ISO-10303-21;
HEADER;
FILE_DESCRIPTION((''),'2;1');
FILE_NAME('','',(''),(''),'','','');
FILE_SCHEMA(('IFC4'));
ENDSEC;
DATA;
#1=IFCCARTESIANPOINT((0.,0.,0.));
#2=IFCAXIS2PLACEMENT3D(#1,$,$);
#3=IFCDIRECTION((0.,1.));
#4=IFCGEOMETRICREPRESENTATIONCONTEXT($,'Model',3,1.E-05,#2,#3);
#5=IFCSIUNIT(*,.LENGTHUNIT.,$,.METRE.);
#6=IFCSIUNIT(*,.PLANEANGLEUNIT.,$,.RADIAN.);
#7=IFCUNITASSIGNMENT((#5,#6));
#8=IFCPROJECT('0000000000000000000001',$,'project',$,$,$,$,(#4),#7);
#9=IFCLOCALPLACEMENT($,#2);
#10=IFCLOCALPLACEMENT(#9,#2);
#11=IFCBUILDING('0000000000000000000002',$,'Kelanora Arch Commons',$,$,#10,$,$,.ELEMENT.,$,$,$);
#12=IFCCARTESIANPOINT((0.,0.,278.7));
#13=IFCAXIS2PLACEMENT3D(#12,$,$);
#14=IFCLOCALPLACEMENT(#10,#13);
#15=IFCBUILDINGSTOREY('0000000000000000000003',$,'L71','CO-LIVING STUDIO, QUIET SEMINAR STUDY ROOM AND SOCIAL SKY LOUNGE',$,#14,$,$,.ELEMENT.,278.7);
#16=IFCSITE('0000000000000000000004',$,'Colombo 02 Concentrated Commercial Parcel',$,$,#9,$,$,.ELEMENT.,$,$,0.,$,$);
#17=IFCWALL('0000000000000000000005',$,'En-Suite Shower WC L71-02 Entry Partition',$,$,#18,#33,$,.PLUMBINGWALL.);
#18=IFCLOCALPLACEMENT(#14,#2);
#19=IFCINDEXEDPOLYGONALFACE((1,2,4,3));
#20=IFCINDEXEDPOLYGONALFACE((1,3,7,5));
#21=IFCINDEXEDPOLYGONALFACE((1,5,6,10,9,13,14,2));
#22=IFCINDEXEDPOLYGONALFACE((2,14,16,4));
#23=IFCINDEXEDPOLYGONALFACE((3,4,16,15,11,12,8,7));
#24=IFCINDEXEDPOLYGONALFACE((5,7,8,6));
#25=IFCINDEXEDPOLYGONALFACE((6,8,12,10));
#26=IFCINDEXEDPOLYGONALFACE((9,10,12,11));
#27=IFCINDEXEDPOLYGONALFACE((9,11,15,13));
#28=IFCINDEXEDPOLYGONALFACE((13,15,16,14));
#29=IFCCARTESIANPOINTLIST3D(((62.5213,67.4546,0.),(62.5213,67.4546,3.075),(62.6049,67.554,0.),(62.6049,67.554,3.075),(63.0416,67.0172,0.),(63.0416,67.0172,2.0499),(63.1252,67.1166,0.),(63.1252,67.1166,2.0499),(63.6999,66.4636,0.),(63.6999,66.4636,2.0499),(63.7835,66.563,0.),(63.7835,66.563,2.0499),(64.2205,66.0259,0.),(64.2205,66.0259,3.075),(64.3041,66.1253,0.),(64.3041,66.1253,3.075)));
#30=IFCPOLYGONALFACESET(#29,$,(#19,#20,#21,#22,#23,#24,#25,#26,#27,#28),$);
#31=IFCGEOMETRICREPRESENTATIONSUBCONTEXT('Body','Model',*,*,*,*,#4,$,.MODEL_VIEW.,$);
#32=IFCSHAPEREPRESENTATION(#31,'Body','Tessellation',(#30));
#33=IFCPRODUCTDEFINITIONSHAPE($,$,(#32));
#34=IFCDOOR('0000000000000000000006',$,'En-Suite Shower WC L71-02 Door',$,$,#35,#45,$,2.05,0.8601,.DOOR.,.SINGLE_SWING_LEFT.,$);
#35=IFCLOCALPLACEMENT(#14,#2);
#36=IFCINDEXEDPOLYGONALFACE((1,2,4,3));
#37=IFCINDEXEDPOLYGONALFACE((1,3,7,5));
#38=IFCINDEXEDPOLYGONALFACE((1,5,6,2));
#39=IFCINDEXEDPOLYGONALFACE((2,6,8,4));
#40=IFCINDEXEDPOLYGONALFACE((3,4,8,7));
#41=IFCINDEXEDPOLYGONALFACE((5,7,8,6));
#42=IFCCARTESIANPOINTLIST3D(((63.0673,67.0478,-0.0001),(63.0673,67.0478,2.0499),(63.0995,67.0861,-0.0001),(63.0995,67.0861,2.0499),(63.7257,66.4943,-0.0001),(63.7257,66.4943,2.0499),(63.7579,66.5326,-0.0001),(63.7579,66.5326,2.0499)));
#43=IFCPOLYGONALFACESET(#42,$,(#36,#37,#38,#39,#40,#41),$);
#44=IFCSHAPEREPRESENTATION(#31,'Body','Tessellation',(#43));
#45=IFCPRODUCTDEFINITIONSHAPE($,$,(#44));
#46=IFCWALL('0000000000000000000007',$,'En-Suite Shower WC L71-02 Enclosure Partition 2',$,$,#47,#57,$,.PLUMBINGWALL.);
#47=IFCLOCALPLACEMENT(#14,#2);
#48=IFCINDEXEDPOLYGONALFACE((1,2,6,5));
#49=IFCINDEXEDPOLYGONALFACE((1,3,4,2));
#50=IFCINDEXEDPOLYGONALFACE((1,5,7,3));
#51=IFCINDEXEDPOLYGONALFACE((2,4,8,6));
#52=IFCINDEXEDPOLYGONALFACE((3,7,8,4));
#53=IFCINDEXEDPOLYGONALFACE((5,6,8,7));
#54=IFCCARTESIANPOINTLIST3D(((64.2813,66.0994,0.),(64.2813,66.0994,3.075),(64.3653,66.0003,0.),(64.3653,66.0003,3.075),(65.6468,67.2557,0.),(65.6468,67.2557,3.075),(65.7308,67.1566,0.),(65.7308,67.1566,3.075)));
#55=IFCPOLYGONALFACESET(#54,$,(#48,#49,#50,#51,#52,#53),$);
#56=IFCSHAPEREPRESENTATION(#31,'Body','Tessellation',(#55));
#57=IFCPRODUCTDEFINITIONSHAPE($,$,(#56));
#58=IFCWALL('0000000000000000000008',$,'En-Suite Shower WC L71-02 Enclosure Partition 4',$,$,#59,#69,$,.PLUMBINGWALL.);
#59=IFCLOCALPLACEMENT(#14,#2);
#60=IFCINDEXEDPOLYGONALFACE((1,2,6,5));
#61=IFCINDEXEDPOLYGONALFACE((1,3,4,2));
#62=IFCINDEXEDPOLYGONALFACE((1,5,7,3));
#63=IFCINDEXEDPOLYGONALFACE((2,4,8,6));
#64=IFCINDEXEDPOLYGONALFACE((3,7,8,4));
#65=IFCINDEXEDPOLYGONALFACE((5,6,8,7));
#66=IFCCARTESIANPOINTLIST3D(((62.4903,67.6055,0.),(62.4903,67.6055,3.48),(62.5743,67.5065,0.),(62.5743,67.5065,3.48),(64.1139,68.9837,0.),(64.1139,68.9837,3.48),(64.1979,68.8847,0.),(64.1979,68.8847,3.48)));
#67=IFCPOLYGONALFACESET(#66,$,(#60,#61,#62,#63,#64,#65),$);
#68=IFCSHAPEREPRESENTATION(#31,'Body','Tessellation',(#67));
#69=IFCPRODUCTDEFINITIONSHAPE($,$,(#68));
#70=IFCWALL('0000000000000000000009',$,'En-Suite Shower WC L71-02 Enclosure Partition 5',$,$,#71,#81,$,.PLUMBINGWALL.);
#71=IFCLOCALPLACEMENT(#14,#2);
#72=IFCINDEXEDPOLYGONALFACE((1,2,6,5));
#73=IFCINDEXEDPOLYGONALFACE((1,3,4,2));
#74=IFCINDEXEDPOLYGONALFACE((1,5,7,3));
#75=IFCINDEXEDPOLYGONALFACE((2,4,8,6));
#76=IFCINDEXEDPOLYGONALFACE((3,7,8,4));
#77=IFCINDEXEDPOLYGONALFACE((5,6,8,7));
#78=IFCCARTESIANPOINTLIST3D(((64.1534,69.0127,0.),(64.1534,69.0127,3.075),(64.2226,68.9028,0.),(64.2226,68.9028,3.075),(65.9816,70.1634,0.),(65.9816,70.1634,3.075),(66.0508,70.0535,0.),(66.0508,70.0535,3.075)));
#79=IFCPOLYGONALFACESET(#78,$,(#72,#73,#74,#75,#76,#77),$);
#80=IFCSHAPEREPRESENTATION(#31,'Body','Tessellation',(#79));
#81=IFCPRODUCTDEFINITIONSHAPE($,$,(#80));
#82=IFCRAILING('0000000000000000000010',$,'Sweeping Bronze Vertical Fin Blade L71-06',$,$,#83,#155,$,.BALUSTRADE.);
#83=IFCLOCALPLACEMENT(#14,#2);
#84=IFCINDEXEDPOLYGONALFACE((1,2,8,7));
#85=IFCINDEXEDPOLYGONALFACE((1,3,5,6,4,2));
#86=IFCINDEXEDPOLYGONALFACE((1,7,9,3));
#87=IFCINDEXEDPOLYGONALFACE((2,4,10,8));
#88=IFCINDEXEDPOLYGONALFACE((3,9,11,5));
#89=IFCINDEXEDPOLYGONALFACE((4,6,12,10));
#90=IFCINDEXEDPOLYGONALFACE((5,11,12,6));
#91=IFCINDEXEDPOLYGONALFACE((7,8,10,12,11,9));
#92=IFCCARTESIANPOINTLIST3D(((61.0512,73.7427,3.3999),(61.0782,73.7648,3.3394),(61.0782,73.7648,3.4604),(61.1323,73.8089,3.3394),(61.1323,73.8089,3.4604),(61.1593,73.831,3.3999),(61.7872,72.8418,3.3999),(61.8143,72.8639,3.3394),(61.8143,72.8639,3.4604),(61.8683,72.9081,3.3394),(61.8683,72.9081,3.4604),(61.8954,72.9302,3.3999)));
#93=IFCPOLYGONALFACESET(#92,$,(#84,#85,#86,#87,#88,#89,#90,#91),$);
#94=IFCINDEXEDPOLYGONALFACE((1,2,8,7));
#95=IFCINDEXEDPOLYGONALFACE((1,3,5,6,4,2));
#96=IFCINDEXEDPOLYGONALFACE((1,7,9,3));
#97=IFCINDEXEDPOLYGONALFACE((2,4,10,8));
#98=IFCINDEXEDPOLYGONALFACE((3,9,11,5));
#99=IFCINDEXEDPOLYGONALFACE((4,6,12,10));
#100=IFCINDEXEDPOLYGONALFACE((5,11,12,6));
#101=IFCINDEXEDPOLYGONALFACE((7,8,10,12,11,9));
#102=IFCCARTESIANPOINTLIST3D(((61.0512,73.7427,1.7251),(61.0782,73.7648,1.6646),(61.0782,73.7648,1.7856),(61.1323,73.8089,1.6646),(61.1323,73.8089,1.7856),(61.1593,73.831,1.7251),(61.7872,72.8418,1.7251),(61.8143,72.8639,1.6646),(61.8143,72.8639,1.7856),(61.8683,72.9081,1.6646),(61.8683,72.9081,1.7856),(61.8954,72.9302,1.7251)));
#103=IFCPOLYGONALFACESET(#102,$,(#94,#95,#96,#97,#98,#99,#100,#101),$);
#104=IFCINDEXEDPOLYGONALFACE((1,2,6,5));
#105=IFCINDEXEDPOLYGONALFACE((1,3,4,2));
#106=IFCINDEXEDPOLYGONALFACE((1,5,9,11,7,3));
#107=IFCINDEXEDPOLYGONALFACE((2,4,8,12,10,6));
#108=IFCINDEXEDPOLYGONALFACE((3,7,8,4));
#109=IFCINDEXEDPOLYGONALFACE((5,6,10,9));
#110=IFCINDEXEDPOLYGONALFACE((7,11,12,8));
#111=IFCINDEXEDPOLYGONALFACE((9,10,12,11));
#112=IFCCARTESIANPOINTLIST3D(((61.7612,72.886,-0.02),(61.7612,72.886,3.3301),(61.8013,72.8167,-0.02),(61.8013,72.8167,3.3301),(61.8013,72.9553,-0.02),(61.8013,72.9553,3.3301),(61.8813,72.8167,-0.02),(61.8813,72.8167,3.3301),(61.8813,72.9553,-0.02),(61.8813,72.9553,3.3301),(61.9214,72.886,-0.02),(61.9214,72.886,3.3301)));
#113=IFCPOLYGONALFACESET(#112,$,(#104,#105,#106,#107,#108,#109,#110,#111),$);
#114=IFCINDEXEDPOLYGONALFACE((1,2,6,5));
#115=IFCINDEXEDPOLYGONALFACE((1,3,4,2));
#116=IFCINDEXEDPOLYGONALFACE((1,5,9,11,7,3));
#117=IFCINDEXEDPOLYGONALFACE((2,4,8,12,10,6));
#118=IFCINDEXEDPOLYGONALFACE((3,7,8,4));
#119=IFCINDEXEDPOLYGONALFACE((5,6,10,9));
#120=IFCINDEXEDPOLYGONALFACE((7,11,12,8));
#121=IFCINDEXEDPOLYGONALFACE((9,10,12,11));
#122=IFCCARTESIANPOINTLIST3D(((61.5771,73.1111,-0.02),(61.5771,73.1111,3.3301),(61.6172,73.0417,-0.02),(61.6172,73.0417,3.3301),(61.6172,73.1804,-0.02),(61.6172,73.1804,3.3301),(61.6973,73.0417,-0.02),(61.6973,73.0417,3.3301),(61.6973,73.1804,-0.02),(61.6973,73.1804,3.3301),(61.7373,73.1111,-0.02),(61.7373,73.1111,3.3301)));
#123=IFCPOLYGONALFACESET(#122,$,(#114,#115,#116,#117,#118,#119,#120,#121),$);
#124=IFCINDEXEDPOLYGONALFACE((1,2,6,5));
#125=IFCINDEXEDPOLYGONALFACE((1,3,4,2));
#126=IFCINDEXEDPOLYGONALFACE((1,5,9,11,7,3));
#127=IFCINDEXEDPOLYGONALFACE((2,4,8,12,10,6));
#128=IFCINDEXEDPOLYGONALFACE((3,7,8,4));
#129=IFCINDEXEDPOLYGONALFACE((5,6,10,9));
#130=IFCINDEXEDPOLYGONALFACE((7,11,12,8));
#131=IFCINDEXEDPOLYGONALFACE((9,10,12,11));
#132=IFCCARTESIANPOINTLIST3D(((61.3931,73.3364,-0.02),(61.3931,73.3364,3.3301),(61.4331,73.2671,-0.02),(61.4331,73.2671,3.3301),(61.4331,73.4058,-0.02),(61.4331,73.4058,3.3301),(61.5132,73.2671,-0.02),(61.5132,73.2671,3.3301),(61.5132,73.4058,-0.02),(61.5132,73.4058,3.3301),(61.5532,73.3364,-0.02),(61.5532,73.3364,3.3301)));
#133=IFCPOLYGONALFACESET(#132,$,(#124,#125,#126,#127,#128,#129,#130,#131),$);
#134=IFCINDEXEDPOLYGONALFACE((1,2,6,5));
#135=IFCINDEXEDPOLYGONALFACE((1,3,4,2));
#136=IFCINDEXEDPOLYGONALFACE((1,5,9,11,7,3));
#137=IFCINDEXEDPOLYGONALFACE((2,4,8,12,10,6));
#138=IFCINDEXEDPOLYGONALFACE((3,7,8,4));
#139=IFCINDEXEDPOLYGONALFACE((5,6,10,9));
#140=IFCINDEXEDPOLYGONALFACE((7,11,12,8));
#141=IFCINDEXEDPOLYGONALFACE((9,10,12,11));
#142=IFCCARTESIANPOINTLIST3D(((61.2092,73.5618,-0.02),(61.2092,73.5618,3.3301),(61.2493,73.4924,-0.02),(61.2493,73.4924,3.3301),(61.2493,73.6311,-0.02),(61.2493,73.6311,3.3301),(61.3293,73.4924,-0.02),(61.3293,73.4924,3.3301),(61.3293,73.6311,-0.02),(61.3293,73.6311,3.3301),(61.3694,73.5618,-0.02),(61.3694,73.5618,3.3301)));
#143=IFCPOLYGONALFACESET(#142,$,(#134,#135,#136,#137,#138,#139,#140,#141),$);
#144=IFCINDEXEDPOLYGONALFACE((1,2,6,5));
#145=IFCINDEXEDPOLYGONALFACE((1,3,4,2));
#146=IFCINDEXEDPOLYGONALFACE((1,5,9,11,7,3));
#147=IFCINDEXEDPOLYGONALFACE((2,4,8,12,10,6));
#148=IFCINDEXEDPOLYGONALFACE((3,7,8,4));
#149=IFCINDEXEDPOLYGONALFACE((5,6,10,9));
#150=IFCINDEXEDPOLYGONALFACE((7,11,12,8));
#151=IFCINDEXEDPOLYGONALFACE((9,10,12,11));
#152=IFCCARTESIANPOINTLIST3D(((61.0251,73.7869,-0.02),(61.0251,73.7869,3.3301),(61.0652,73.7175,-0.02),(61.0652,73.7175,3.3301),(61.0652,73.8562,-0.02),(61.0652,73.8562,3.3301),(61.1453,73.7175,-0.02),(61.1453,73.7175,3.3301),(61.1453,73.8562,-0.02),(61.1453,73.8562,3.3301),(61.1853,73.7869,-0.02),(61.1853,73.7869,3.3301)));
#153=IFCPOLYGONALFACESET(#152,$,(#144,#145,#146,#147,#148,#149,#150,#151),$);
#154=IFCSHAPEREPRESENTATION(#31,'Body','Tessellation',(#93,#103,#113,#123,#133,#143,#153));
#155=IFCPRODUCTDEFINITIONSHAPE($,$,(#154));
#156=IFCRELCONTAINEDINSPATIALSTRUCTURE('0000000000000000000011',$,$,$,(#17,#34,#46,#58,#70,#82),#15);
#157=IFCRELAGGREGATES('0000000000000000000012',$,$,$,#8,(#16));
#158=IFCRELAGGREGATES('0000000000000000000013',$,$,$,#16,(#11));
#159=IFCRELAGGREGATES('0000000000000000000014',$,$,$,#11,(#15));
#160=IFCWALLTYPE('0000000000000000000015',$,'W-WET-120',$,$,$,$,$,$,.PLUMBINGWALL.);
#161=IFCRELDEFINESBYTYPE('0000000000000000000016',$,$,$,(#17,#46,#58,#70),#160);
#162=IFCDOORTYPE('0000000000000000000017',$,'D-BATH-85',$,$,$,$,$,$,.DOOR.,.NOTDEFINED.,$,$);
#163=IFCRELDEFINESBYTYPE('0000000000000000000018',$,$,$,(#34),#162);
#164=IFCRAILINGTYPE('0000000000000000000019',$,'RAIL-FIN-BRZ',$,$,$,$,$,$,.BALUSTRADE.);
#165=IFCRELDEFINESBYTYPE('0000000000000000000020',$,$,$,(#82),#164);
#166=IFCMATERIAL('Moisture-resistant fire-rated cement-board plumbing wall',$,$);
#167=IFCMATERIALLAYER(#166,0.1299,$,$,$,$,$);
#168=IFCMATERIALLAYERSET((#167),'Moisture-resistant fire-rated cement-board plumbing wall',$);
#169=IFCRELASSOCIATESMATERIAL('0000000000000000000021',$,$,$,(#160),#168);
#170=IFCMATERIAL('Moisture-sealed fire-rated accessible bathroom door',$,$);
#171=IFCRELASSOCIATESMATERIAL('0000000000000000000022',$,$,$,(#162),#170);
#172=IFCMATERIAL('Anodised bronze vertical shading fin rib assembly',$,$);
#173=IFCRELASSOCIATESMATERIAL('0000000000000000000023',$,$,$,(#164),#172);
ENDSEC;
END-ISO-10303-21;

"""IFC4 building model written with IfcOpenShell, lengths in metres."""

from ifc_helpers import new_model, si_unit, direction, frame, frame_2d, origin, place, context, subcontext, project, spatial, polyline, rectangle, outline, extrude, material, layer, layer_set, type_object, element, fill, save


model = new_model("IFC4")

# Units and contexts
model_context = context("Model", 3, precision=1e-05, world=origin(), true_north=direction((0.0, 1.0)))
body_context = subcontext(model_context, "Body", "Model", "MODEL_VIEW")
ifc_project = project(units=[si_unit("LENGTHUNIT", "METRE"), si_unit("PLANEANGLEUNIT", "RADIAN")], contexts=[model_context])

# Site, building, storey
site_placement = place(None, origin())
site = spatial("IfcSite", under=ifc_project, at=site_placement, Name="Colombo 02 Concentrated Commercial Parcel", CompositionType="ELEMENT", RefElevation=0.0)
building_placement = place(site_placement, origin())
building = spatial("IfcBuilding", under=site, at=building_placement, Name="Kelanora Arch Commons", CompositionType="ELEMENT")
storey_placement = place(building_placement, frame((0.0, 0.0, 278.7)))
storey = spatial("IfcBuildingStorey", under=building, at=storey_placement, Name="L71", Description="CO-LIVING STUDIO, QUIET SEMINAR STUDY ROOM AND SOCIAL SKY LOUNGE", CompositionType="ELEMENT", Elevation=278.7)

# Wall, opening, door
ifc_material_1 = material(Name="Moisture-resistant fire-rated cement-board plumbing wall")
ifc_layer_1 = layer(ifc_material_1, 0.1299)
ifc_layer_set_1 = layer_set([ifc_layer_1], Name="Moisture-resistant fire-rated cement-board plumbing wall")
wall_type_1 = type_object("IfcWallType", Name="W-WET-120", PredefinedType="PLUMBINGWALL", material=ifc_layer_set_1)
wall_1_placement = place(storey_placement, frame((64.2622, 66.0757, 0.0), z_axis=(0.0, 0.0, 1.0), x_axis=(-0.765401, 0.643553, 0.0)))
wall_1 = element("IfcWall", 1, at=wall_1_placement, inside=storey, type_object=wall_type_1, Name="En-Suite Shower WC L71-02 Entry Partition", PredefinedType="PLUMBINGWALL", context=body_context, shape_type="SweptSolid", body=[
    extrude(rectangle(XDim=2.22, YDim=0.1299, at=frame_2d((1.1099, 0.0))), origin(), (0.0, 0.0, 1.0), 3.075),
])
opening_1_placement = place(wall_1_placement, frame((0.6799, 0.0, 0.0)))
opening_1 = element("IfcOpeningElement", 2, at=opening_1_placement, cuts=wall_1, PredefinedType="OPENING", context=body_context, shape_type="SweptSolid", body=[
    extrude(rectangle(XDim=0.8601, YDim=2.05, at=frame_2d((0.4302, 1.0249))), frame((0.0, 0.075, 0.0), z_axis=(0.0, -1.0, 0.0), x_axis=(1.0, 0.0, 0.0)), (0.0, 0.0, 1.0), 0.1499),
])
ifc_material_2 = material(Name="Moisture-sealed fire-rated accessible bathroom door")
door_type_1 = type_object("IfcDoorType", Name="D-BATH-85", OperationType="NOTDEFINED", PredefinedType="DOOR", material=ifc_material_2)
door_1_placement = place(opening_1_placement, origin())
door_1 = element("IfcDoor", 3, at=door_1_placement, inside=storey, type_object=door_type_1, Name="En-Suite Shower WC L71-02 Door", OperationType="SINGLE_SWING_LEFT", OverallHeight=2.05, OverallWidth=0.8601, PredefinedType="DOOR", context=body_context, shape_type="SweptSolid", body=[
    extrude(rectangle(XDim=0.8601, YDim=2.05, at=frame_2d((0.4302, 1.0249))), frame((0.0, 0.0249, 0.0), z_axis=(0.0, -1.0, 0.0), x_axis=(1.0, 0.0, 0.0)), (0.0, 0.0, 1.0), 0.05),
])
fill(opening_1, door_1)

# Walls
wall_2_placement = place(storey_placement, frame((65.6887, 67.2061, 0.0), z_axis=(0.0, 0.0, 1.0), x_axis=(-0.763153, -0.646217, 0.0)))
element("IfcWall", 4, at=wall_2_placement, inside=storey, type_object=wall_type_1, Name="En-Suite Shower WC L71-02 Enclosure Partition 2", PredefinedType="PLUMBINGWALL", context=body_context, shape_type="SweptSolid", body=[
    extrude(rectangle(XDim=1.7893, YDim=0.1299, at=frame_2d((0.8945, 0.0))), origin(), (0.0, 0.0, 1.0), 3.075),
])
wall_3_placement = place(storey_placement, frame((62.5322, 67.5559, 0.0), z_axis=(0.0, 0.0, 1.0), x_axis=(0.762363, 0.647149, 0.0)))
element("IfcWall", 5, at=wall_3_placement, inside=storey, type_object=wall_type_1, Name="En-Suite Shower WC L71-02 Enclosure Partition 4", PredefinedType="PLUMBINGWALL", context=body_context, shape_type="SweptSolid", body=[
    extrude(rectangle(XDim=2.1296, YDim=0.1299, at=frame_2d((1.0649, 0.0))), origin(), (0.0, 0.0, 1.0), 3.48),
])
wall_4_placement = place(storey_placement, frame((64.188, 68.9578, 0.0), z_axis=(0.0, 0.0, 1.0), x_axis=(0.846318, 0.532678, 0.0)))
element("IfcWall", 6, at=wall_4_placement, inside=storey, type_object=wall_type_1, Name="En-Suite Shower WC L71-02 Enclosure Partition 5", PredefinedType="PLUMBINGWALL", context=body_context, shape_type="SweptSolid", body=[
    extrude(rectangle(XDim=2.1602, YDim=0.1299, at=frame_2d((1.0801, 0.0))), origin(), (0.0, 0.0, 1.0), 3.075),
])

# Railing
ifc_material_3 = material(Name="Anodised bronze vertical shading fin rib assembly")
railing_type = type_object("IfcRailingType", Name="RAIL-FIN-BRZ", PredefinedType="BALUSTRADE", material=ifc_material_3)
railing_1_placement = place(storey_placement, frame((61.8413, 72.886, -0.02)))
element("IfcRailing", 7, at=railing_1_placement, inside=storey, type_object=railing_type, Name="Sweeping Bronze Vertical Fin Blade L71-06", PredefinedType="BALUSTRADE", context=body_context, shape_type="SweptSolid", body=[
    extrude(outline(polyline([(0.0698, 0.0), (0.0349, 0.0605), (-0.0349, 0.0605), (-0.0698, 0.0), (-0.0349, -0.0605), (0.0349, -0.0605), (0.0698, 0.0)])), frame((0.0, 0.0, 3.4199), z_axis=(-0.632723, 0.774378, 0.0), x_axis=(-0.774378, -0.632723, 0.0)), (0.0, 0.0, 1.0), 1.1633),
    extrude(outline(polyline([(0.0698, 0.0), (0.0349, 0.0605), (-0.0349, 0.0605), (-0.0698, 0.0), (-0.0349, -0.0605), (0.0349, -0.0605), (0.0698, 0.0)])), frame((0.0, 0.0, 1.7451), z_axis=(-0.632723, 0.774378, 0.0), x_axis=(-0.774378, -0.632723, 0.0)), (0.0, 0.0, 1.0), 1.1633),
    extrude(outline(polyline([(0.0801, 0.0), (0.04, 0.0693), (-0.04, 0.0693), (-0.0801, 0.0), (-0.04, -0.0693), (0.04, -0.0693), (0.0801, 0.0)])), origin(), (0.0, 0.0, 1.0), 3.3501),
    extrude(outline(polyline([(0.0801, 0.0), (0.04, 0.0693), (-0.04, 0.0693), (-0.0801, 0.0), (-0.04, -0.0693), (0.04, -0.0693), (0.0801, 0.0)])), frame((-0.1841, 0.2251, 0.0)), (0.0, 0.0, 1.0), 3.3501),
    extrude(outline(polyline([(0.0801, 0.0), (0.04, 0.0693), (-0.04, 0.0693), (-0.0801, 0.0), (-0.04, -0.0693), (0.04, -0.0693), (0.0801, 0.0)])), frame((-0.3682, 0.4504, 0.0)), (0.0, 0.0, 1.0), 3.3501),
    extrude(outline(polyline([(0.0801, 0.0), (0.04, 0.0693), (-0.04, 0.0693), (-0.0801, 0.0), (-0.04, -0.0693), (0.04, -0.0693), (0.0801, 0.0)])), frame((-0.552, 0.6758, 0.0)), (0.0, 0.0, 1.0), 3.3501),
    extrude(outline(polyline([(0.0801, 0.0), (0.04, 0.0693), (-0.04, 0.0693), (-0.0801, 0.0), (-0.04, -0.0693), (0.04, -0.0693), (0.0801, 0.0)])), frame((-0.7361, 0.9009, 0.0)), (0.0, 0.0, 1.0), 3.3501),
])

save(model, "model.ifc")
